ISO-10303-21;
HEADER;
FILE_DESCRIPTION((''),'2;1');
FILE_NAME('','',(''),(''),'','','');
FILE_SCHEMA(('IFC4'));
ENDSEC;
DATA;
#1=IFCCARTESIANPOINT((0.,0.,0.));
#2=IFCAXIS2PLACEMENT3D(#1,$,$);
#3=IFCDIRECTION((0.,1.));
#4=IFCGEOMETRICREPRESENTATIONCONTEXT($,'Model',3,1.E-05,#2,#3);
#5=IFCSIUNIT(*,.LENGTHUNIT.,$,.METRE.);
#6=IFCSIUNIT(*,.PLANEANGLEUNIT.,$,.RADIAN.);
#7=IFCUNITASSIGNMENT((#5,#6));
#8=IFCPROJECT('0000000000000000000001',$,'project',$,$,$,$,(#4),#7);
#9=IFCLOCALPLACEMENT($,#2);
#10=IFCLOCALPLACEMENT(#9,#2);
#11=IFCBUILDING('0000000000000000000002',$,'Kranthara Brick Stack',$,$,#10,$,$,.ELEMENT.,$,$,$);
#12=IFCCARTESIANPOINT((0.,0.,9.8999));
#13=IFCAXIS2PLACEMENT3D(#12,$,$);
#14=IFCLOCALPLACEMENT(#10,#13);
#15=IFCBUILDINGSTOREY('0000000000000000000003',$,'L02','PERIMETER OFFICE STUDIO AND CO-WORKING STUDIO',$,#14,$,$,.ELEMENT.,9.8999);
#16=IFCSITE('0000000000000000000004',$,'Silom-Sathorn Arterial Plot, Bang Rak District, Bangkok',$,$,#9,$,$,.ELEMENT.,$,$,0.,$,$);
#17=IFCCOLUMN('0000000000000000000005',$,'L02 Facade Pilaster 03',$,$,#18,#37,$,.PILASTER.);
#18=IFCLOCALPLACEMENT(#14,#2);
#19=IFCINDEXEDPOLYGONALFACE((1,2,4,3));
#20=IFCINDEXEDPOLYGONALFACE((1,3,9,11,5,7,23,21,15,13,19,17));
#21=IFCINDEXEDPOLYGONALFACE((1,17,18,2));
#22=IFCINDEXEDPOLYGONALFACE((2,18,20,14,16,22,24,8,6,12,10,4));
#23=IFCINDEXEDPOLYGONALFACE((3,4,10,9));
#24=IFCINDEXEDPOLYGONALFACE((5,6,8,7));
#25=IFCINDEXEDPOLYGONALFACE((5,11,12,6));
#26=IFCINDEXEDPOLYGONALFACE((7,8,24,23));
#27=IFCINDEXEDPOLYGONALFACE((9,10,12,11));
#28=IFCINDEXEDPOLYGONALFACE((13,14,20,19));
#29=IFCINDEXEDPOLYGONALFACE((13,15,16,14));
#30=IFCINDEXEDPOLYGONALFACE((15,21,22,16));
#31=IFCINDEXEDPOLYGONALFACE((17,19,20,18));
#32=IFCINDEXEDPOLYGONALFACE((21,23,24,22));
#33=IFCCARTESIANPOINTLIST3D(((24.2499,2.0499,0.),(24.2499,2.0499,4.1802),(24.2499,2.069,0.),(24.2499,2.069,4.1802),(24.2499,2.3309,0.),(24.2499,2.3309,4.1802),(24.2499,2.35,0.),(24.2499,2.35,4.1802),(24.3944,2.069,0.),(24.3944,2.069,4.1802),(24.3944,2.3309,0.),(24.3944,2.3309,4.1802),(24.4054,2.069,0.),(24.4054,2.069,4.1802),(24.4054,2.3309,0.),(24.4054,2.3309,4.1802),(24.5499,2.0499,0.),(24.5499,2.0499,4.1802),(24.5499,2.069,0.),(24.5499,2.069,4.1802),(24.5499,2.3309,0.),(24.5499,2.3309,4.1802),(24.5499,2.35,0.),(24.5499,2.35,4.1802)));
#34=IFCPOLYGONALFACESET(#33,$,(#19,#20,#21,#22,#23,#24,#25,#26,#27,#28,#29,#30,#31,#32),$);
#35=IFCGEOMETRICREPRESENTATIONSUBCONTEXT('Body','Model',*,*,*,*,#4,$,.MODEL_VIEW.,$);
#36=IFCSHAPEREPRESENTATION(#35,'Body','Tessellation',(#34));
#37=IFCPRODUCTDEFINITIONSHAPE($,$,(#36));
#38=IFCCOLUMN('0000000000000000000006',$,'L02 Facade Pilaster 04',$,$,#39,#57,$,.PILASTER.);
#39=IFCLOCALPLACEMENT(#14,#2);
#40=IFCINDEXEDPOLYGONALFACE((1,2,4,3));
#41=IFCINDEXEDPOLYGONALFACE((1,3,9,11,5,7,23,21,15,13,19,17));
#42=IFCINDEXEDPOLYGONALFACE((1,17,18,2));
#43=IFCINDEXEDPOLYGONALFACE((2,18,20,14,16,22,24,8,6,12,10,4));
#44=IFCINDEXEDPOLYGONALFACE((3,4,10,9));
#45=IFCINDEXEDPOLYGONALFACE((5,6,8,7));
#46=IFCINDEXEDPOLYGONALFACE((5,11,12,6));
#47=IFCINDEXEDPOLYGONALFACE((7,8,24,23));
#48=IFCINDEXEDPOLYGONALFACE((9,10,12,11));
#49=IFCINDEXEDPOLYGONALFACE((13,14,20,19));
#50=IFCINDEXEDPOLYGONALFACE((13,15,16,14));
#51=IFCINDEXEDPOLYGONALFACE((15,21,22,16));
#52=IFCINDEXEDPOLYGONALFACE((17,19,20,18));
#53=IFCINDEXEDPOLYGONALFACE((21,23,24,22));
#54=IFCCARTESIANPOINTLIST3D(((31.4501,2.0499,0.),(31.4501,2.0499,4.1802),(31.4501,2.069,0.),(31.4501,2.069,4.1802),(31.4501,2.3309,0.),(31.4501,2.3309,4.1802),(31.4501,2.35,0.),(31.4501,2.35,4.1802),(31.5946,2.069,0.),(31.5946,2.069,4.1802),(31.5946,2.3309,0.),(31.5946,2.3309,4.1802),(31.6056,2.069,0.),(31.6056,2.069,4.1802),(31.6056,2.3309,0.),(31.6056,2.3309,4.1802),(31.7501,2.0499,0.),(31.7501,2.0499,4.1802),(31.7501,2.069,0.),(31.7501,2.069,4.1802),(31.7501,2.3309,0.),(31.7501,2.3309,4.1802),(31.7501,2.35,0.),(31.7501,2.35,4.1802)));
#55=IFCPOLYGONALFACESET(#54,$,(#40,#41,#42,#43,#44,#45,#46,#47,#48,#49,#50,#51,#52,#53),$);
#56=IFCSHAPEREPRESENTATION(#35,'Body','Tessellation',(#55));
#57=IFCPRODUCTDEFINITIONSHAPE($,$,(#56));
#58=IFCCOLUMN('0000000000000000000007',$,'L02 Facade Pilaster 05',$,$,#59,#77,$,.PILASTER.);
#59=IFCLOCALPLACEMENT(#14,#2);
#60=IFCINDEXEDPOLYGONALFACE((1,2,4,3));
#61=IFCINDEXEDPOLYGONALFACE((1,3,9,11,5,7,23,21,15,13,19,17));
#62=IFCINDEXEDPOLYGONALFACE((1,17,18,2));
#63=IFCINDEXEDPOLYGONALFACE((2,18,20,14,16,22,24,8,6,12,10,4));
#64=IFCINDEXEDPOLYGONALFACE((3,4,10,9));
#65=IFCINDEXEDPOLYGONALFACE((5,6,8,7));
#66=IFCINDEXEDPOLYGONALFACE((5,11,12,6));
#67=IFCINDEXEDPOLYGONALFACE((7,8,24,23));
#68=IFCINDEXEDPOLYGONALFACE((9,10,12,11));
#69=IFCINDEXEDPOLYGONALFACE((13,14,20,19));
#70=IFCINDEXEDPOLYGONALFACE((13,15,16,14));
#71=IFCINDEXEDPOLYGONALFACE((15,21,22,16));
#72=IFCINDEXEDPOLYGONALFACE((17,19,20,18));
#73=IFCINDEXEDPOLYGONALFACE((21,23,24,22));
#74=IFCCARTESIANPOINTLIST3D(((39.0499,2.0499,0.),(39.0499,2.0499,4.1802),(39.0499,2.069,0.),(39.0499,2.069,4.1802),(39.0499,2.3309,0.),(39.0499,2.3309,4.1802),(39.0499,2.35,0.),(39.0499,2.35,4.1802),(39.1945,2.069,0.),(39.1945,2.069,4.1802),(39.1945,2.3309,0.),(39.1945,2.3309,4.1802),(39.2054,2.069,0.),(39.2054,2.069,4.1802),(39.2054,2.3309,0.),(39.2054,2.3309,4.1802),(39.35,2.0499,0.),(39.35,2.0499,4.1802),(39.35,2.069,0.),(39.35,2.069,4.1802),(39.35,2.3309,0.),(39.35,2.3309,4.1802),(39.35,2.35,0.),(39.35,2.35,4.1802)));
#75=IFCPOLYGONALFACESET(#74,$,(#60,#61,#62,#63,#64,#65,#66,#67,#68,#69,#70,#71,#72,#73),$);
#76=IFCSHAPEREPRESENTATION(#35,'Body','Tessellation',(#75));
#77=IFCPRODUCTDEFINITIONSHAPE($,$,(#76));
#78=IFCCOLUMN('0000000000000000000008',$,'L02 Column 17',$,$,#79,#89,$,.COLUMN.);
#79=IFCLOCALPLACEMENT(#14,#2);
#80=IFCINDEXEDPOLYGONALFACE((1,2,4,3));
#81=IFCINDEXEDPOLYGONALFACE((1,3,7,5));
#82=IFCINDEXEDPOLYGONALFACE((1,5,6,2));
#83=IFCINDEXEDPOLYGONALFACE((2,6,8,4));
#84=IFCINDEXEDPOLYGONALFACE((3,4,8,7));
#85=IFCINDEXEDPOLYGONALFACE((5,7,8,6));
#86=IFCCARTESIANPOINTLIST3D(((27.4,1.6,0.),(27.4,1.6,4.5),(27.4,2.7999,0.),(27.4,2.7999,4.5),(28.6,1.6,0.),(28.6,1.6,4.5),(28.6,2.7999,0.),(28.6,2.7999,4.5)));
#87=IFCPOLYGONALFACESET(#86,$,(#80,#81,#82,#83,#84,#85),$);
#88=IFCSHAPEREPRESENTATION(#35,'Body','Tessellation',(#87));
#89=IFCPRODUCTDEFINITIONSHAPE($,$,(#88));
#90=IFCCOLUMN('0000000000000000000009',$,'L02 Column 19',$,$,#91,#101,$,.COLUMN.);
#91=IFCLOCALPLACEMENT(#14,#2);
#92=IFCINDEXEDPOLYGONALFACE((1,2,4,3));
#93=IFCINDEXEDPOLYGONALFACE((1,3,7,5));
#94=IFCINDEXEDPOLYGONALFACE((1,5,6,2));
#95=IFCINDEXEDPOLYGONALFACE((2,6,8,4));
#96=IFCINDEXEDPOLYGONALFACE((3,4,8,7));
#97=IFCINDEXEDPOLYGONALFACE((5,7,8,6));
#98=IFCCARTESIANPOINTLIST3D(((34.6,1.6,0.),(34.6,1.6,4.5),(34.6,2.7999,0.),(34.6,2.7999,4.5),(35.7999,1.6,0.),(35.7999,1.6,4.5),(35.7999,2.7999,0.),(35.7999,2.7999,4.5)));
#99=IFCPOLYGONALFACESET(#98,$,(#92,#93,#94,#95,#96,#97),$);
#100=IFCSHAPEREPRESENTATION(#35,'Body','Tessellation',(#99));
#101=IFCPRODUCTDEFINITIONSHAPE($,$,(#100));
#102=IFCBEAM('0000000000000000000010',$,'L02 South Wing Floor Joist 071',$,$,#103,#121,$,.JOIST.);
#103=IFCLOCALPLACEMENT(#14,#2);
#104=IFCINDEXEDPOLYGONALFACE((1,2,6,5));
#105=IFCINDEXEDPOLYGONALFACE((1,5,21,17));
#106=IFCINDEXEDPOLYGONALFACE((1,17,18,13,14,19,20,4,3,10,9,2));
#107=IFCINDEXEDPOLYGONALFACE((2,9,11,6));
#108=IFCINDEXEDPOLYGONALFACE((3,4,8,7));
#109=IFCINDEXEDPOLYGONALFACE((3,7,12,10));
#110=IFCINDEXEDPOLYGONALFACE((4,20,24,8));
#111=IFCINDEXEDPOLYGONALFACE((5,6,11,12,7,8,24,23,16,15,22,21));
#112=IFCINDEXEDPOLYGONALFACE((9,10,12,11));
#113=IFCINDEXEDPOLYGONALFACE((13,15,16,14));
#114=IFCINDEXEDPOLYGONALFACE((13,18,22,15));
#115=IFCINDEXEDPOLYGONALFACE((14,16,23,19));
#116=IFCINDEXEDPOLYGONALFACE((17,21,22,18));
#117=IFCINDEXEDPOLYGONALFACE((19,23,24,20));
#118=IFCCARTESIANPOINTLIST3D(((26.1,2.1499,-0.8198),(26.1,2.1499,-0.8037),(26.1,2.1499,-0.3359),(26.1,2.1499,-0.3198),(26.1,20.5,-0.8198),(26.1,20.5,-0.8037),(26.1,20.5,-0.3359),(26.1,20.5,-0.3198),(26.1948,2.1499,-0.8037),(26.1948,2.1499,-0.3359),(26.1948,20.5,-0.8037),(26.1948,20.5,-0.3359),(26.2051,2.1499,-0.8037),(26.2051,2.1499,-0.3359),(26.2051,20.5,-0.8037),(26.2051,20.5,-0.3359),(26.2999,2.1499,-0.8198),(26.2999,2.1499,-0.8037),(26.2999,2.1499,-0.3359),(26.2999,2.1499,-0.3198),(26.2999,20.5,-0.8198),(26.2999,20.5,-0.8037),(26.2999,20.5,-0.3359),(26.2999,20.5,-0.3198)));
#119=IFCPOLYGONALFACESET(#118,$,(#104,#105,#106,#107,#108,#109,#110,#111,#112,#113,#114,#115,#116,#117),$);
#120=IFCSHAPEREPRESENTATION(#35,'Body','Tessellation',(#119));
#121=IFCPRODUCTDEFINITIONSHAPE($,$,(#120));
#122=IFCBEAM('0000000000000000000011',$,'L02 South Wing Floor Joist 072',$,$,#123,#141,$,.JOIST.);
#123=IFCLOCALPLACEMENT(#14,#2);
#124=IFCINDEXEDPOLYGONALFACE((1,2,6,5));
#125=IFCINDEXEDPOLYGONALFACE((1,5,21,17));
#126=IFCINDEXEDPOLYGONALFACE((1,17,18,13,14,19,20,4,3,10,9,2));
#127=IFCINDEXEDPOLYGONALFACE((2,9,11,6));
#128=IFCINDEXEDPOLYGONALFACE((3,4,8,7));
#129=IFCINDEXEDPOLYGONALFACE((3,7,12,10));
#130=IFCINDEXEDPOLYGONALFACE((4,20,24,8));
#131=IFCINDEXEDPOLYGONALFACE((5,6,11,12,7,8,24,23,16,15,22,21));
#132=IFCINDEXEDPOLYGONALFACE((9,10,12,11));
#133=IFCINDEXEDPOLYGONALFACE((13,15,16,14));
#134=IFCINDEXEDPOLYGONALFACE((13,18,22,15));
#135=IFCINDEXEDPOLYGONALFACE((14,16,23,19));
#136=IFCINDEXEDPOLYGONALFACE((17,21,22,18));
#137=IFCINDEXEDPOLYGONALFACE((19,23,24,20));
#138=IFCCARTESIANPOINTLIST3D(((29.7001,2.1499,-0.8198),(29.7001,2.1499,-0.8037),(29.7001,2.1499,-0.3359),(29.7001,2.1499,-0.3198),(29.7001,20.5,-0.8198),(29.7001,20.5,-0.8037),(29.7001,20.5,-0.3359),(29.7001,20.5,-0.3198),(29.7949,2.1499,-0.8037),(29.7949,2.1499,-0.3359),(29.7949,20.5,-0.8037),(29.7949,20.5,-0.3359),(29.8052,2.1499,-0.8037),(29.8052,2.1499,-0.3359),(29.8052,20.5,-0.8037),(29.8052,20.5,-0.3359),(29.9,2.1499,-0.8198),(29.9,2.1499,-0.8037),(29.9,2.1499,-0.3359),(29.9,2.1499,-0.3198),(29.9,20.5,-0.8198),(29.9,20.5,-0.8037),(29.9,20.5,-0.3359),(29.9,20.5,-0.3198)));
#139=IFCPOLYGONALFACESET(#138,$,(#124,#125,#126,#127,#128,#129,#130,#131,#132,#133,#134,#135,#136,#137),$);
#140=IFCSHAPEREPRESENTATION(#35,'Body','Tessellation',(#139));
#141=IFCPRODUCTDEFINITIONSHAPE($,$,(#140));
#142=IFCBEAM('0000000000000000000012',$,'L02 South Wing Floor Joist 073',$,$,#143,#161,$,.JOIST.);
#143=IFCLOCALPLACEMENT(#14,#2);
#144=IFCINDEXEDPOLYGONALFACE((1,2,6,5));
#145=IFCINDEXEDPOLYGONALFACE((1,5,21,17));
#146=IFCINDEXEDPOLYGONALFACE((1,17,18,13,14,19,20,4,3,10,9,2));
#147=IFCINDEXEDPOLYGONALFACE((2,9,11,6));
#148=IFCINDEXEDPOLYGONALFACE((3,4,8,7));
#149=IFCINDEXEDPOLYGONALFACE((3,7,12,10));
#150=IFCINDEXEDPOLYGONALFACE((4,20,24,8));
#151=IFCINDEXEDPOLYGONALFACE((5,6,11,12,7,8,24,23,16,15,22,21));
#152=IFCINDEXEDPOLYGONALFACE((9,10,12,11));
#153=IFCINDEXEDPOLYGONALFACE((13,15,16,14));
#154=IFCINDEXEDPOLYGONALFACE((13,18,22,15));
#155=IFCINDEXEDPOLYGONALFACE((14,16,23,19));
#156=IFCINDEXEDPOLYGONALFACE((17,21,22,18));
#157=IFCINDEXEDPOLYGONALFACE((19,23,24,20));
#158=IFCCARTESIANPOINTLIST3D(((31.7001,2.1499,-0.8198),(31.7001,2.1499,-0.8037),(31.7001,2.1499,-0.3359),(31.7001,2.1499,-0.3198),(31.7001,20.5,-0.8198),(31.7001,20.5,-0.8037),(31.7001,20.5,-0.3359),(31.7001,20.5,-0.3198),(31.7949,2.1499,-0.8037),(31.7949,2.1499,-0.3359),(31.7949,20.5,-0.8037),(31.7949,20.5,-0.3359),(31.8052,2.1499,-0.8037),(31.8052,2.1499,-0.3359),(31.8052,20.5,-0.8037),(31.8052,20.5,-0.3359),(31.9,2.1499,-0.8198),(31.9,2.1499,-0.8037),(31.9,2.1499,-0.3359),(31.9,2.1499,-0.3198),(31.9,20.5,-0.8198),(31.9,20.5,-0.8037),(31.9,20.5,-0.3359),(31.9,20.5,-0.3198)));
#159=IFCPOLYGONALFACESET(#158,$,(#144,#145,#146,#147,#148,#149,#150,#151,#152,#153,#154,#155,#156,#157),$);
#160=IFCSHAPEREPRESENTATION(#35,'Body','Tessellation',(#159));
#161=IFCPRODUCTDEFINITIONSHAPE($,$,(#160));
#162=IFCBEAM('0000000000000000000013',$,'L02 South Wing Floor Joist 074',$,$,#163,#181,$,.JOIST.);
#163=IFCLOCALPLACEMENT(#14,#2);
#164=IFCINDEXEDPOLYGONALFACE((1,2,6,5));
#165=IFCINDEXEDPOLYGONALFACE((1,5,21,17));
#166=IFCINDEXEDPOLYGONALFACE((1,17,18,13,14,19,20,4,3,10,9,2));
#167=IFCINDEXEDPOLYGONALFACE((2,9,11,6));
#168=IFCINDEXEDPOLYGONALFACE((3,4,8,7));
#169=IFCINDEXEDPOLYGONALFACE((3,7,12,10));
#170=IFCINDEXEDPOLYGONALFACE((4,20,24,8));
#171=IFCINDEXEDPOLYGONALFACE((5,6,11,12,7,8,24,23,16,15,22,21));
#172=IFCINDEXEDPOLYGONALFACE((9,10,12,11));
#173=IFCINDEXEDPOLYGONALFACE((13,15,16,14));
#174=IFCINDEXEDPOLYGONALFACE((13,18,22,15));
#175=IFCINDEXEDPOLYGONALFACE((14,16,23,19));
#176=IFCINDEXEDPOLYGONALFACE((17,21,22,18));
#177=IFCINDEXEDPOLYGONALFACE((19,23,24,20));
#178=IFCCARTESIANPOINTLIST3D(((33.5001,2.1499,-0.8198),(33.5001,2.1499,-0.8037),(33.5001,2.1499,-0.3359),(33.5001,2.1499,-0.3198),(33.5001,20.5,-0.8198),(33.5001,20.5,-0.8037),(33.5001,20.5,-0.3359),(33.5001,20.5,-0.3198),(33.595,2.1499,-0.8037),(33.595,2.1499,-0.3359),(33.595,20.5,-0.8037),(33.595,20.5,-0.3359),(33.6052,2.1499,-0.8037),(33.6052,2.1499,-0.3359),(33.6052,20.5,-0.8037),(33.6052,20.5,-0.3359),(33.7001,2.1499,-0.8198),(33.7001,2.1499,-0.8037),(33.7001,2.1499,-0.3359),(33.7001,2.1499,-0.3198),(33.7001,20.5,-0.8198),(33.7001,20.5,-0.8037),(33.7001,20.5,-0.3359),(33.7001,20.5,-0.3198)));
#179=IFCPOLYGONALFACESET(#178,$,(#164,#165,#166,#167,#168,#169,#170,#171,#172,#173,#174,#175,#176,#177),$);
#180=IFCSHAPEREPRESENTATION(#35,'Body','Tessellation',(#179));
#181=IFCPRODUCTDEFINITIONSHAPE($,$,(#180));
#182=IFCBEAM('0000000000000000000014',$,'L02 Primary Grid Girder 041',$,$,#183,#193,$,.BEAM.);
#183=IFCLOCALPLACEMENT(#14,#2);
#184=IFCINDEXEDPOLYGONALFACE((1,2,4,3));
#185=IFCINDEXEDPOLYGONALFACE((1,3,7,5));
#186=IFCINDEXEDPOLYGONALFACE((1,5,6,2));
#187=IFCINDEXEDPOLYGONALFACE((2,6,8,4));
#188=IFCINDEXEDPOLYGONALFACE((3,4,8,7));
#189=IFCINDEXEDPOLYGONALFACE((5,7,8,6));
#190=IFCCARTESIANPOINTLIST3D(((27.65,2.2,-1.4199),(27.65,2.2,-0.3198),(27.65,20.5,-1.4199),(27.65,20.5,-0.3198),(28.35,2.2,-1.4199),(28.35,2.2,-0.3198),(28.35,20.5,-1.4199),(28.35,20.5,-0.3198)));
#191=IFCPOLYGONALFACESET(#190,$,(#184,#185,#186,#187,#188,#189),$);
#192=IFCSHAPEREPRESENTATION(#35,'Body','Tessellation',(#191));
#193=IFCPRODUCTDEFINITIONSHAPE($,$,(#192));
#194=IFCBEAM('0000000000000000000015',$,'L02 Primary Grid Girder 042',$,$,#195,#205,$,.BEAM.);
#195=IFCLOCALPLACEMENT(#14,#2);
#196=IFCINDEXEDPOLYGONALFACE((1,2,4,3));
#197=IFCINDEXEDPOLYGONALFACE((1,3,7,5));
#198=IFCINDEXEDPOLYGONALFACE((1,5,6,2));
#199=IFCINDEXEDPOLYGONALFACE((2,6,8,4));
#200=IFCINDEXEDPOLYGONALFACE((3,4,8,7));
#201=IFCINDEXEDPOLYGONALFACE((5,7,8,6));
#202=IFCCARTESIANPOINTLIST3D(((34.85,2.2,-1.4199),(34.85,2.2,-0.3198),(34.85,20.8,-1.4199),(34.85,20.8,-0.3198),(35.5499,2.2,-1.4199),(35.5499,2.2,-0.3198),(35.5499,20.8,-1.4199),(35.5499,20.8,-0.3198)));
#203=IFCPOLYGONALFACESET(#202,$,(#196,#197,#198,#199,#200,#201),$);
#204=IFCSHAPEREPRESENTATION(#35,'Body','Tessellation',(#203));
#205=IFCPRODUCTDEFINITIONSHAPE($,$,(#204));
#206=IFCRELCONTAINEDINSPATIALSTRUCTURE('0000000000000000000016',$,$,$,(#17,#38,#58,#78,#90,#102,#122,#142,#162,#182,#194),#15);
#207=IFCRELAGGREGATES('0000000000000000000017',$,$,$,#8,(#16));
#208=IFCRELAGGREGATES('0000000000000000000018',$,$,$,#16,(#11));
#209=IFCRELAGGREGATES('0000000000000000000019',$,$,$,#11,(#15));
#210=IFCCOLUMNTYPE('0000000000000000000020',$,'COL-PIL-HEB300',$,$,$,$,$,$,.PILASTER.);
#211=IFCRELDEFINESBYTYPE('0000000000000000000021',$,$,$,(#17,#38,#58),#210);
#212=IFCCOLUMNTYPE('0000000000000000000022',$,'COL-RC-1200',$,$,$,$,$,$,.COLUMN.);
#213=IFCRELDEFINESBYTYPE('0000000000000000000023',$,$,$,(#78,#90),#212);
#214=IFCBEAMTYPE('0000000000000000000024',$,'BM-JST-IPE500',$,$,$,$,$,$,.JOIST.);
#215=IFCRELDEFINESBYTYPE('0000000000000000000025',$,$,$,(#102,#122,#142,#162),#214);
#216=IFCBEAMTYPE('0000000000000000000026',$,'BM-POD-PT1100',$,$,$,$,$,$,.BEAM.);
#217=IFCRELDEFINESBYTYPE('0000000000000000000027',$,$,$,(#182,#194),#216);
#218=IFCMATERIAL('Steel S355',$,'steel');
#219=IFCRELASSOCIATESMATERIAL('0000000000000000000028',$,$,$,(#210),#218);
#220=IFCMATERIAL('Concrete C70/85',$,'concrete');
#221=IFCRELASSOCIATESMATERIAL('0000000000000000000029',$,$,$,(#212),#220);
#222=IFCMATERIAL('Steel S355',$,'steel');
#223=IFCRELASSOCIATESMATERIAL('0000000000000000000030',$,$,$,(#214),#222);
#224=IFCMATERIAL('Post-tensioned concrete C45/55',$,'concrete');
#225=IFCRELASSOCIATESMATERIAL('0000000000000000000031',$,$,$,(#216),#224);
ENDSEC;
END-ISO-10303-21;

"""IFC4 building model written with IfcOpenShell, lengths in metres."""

from ifc_helpers import new_model, si_unit, direction, frame, origin, origin_2d, place, context, subcontext, project, spatial, rectangle, i_section, extrude, material, material_profile, profile_set, type_object, element, save


model = new_model("IFC4")

# Units and contexts
model_context = context("Model", 3, precision=1e-05, world=origin(), true_north=direction((0.0, 1.0)))
body_context = subcontext(model_context, "Body", "Model", "MODEL_VIEW")
ifc_project = project(units=[si_unit("LENGTHUNIT", "METRE"), si_unit("PLANEANGLEUNIT", "RADIAN")], contexts=[model_context])

# Site, building, storey
site_placement = place(None, origin())
site = spatial("IfcSite", under=ifc_project, at=site_placement, Name="Silom-Sathorn Arterial Plot, Bang Rak District, Bangkok", CompositionType="ELEMENT", RefElevation=0.0)
building_placement = place(site_placement, origin())
building = spatial("IfcBuilding", under=site, at=building_placement, Name="Kranthara Brick Stack", CompositionType="ELEMENT")
storey_placement = place(building_placement, frame((0.0, 0.0, 9.8999)))
storey = spatial("IfcBuildingStorey", under=building, at=storey_placement, Name="L02", Description="PERIMETER OFFICE STUDIO AND CO-WORKING STUDIO", CompositionType="ELEMENT", Elevation=9.8999)

# Columns
ifc_material_1 = material(Name="Steel S355", Category="steel")
ifc_material_profile_1 = material_profile(ifc_material_1, i_section(OverallWidth=0.3, OverallDepth=0.3, WebThickness=0.011, FlangeThickness=0.019, at=origin_2d()), Name="HEB 300")
ifc_profile_set_1 = profile_set([ifc_material_profile_1], Name="Steel S355")
column_type_1 = type_object("IfcColumnType", Name="COL-PIL-HEB300", PredefinedType="PILASTER", material=ifc_profile_set_1)
for number, where, z_axis, x_axis, name in (
    (1, (24.3999, 2.2, 0.0), (0.0, 0.0, 1.0), (1.0, 0.0, 0.0), "L02 Facade Pilaster 03"),
    (2, (31.6001, 2.2, 0.0), (0.0, 0.0, 1.0), (1.0, 0.0, 0.0), "L02 Facade Pilaster 04"),
    (3, (39.2, 2.2, 0.0), (0.0, 0.0, 1.0), (1.0, 0.0, 0.0), "L02 Facade Pilaster 05"),
):
    element("IfcColumn", number, at=place(storey_placement, frame(where, z_axis=z_axis, x_axis=x_axis)), inside=storey, type_object=column_type_1, Name=name, PredefinedType="PILASTER", context=body_context, shape_type="SweptSolid", body=[
        extrude(i_section(OverallWidth=0.3, OverallDepth=0.3, WebThickness=0.011, FlangeThickness=0.019, at=origin_2d()), origin(), (0.0, 0.0, 1.0), 4.1802),
    ])
ifc_material_2 = material(Name="Concrete C70/85", Category="concrete")
ifc_material_profile_2 = material_profile(ifc_material_2, rectangle(XDim=1.2, YDim=1.2, at=origin_2d()), Name="RC 1200x1200")
ifc_profile_set_2 = profile_set([ifc_material_profile_2], Name="Concrete C70/85")
column_type_2 = type_object("IfcColumnType", Name="COL-RC-1200", PredefinedType="COLUMN", material=ifc_profile_set_2)
for number, where, z_axis, x_axis, name in (
    (4, (28.0, 2.2, 0.0), (0.0, 0.0, 1.0), (1.0, 0.0, 0.0), "L02 Column 17"),
    (5, (35.2, 2.2, 0.0), (0.0, 0.0, 1.0), (1.0, 0.0, 0.0), "L02 Column 19"),
):
    element("IfcColumn", number, at=place(storey_placement, frame(where, z_axis=z_axis, x_axis=x_axis)), inside=storey, type_object=column_type_2, Name=name, PredefinedType="COLUMN", context=body_context, shape_type="SweptSolid", body=[
        extrude(rectangle(XDim=1.2, YDim=1.2, at=origin_2d()), origin(), (0.0, 0.0, 1.0), 4.5),
    ])

# Beams
ifc_material_3 = material(Name="Steel S355", Category="steel")
ifc_material_profile_3 = material_profile(ifc_material_3, i_section(OverallWidth=0.2, OverallDepth=0.5, WebThickness=0.0103, FlangeThickness=0.0161, at=origin_2d()), Name="IPE 500")
ifc_profile_set_3 = profile_set([ifc_material_profile_3], Name="Steel S355")
beam_type_1 = type_object("IfcBeamType", Name="BM-JST-IPE500", PredefinedType="JOIST", material=ifc_profile_set_3)
for number, where, z_axis, x_axis, name in (
    (6, (26.2, 2.1499, -0.5698), (0.0, 1.0, 0.0), (-1.0, 0.0, 0.0), "L02 South Wing Floor Joist 071"),
    (7, (29.8, 2.1499, -0.5698), (0.0, 1.0, 0.0), (-1.0, 0.0, 0.0), "L02 South Wing Floor Joist 072"),
    (8, (31.8, 2.1499, -0.5698), (0.0, 1.0, 0.0), (-1.0, 0.0, 0.0), "L02 South Wing Floor Joist 073"),
    (9, (33.6001, 2.1499, -0.5698), (0.0, 1.0, 0.0), (-1.0, 0.0, 0.0), "L02 South Wing Floor Joist 074"),
):
    element("IfcBeam", number, at=place(storey_placement, frame(where, z_axis=z_axis, x_axis=x_axis)), inside=storey, type_object=beam_type_1, Name=name, PredefinedType="JOIST", context=body_context, shape_type="SweptSolid", body=[
        extrude(i_section(OverallWidth=0.2, OverallDepth=0.5, WebThickness=0.0103, FlangeThickness=0.0161, at=origin_2d()), origin(), (0.0, 0.0, 1.0), 18.3501),
    ])
ifc_material_4 = material(Name="Post-tensioned concrete C45/55", Category="concrete")
ifc_material_profile_4 = material_profile(ifc_material_4, rectangle(XDim=0.7, YDim=1.1001, at=origin_2d()), Name="PT 700x1100")
ifc_profile_set_4 = profile_set([ifc_material_profile_4], Name="Post-tensioned concrete C45/55")
beam_type_2 = type_object("IfcBeamType", Name="BM-POD-PT1100", PredefinedType="BEAM", material=ifc_profile_set_4)
beam_1_placement = place(storey_placement, frame((28.0, 2.2, -0.8699), z_axis=(0.0, 1.0, 0.0), x_axis=(-1.0, 0.0, 0.0)))
element("IfcBeam", 10, at=beam_1_placement, inside=storey, type_object=beam_type_2, Name="L02 Primary Grid Girder 041", PredefinedType="BEAM", context=body_context, shape_type="SweptSolid", body=[
    extrude(rectangle(XDim=0.7, YDim=1.1001, at=origin_2d()), origin(), (0.0, 0.0, 1.0), 18.3),
])
beam_2_placement = place(storey_placement, frame((35.2, 2.2, -0.8699), z_axis=(0.0, 1.0, 0.0), x_axis=(-1.0, 0.0, 0.0)))
element("IfcBeam", 11, at=beam_2_placement, inside=storey, type_object=beam_type_2, Name="L02 Primary Grid Girder 042", PredefinedType="BEAM", context=body_context, shape_type="SweptSolid", body=[
    extrude(rectangle(XDim=0.7, YDim=1.1001, at=origin_2d()), origin(), (0.0, 0.0, 1.0), 18.6001),
])

save(model, "model.ifc")
